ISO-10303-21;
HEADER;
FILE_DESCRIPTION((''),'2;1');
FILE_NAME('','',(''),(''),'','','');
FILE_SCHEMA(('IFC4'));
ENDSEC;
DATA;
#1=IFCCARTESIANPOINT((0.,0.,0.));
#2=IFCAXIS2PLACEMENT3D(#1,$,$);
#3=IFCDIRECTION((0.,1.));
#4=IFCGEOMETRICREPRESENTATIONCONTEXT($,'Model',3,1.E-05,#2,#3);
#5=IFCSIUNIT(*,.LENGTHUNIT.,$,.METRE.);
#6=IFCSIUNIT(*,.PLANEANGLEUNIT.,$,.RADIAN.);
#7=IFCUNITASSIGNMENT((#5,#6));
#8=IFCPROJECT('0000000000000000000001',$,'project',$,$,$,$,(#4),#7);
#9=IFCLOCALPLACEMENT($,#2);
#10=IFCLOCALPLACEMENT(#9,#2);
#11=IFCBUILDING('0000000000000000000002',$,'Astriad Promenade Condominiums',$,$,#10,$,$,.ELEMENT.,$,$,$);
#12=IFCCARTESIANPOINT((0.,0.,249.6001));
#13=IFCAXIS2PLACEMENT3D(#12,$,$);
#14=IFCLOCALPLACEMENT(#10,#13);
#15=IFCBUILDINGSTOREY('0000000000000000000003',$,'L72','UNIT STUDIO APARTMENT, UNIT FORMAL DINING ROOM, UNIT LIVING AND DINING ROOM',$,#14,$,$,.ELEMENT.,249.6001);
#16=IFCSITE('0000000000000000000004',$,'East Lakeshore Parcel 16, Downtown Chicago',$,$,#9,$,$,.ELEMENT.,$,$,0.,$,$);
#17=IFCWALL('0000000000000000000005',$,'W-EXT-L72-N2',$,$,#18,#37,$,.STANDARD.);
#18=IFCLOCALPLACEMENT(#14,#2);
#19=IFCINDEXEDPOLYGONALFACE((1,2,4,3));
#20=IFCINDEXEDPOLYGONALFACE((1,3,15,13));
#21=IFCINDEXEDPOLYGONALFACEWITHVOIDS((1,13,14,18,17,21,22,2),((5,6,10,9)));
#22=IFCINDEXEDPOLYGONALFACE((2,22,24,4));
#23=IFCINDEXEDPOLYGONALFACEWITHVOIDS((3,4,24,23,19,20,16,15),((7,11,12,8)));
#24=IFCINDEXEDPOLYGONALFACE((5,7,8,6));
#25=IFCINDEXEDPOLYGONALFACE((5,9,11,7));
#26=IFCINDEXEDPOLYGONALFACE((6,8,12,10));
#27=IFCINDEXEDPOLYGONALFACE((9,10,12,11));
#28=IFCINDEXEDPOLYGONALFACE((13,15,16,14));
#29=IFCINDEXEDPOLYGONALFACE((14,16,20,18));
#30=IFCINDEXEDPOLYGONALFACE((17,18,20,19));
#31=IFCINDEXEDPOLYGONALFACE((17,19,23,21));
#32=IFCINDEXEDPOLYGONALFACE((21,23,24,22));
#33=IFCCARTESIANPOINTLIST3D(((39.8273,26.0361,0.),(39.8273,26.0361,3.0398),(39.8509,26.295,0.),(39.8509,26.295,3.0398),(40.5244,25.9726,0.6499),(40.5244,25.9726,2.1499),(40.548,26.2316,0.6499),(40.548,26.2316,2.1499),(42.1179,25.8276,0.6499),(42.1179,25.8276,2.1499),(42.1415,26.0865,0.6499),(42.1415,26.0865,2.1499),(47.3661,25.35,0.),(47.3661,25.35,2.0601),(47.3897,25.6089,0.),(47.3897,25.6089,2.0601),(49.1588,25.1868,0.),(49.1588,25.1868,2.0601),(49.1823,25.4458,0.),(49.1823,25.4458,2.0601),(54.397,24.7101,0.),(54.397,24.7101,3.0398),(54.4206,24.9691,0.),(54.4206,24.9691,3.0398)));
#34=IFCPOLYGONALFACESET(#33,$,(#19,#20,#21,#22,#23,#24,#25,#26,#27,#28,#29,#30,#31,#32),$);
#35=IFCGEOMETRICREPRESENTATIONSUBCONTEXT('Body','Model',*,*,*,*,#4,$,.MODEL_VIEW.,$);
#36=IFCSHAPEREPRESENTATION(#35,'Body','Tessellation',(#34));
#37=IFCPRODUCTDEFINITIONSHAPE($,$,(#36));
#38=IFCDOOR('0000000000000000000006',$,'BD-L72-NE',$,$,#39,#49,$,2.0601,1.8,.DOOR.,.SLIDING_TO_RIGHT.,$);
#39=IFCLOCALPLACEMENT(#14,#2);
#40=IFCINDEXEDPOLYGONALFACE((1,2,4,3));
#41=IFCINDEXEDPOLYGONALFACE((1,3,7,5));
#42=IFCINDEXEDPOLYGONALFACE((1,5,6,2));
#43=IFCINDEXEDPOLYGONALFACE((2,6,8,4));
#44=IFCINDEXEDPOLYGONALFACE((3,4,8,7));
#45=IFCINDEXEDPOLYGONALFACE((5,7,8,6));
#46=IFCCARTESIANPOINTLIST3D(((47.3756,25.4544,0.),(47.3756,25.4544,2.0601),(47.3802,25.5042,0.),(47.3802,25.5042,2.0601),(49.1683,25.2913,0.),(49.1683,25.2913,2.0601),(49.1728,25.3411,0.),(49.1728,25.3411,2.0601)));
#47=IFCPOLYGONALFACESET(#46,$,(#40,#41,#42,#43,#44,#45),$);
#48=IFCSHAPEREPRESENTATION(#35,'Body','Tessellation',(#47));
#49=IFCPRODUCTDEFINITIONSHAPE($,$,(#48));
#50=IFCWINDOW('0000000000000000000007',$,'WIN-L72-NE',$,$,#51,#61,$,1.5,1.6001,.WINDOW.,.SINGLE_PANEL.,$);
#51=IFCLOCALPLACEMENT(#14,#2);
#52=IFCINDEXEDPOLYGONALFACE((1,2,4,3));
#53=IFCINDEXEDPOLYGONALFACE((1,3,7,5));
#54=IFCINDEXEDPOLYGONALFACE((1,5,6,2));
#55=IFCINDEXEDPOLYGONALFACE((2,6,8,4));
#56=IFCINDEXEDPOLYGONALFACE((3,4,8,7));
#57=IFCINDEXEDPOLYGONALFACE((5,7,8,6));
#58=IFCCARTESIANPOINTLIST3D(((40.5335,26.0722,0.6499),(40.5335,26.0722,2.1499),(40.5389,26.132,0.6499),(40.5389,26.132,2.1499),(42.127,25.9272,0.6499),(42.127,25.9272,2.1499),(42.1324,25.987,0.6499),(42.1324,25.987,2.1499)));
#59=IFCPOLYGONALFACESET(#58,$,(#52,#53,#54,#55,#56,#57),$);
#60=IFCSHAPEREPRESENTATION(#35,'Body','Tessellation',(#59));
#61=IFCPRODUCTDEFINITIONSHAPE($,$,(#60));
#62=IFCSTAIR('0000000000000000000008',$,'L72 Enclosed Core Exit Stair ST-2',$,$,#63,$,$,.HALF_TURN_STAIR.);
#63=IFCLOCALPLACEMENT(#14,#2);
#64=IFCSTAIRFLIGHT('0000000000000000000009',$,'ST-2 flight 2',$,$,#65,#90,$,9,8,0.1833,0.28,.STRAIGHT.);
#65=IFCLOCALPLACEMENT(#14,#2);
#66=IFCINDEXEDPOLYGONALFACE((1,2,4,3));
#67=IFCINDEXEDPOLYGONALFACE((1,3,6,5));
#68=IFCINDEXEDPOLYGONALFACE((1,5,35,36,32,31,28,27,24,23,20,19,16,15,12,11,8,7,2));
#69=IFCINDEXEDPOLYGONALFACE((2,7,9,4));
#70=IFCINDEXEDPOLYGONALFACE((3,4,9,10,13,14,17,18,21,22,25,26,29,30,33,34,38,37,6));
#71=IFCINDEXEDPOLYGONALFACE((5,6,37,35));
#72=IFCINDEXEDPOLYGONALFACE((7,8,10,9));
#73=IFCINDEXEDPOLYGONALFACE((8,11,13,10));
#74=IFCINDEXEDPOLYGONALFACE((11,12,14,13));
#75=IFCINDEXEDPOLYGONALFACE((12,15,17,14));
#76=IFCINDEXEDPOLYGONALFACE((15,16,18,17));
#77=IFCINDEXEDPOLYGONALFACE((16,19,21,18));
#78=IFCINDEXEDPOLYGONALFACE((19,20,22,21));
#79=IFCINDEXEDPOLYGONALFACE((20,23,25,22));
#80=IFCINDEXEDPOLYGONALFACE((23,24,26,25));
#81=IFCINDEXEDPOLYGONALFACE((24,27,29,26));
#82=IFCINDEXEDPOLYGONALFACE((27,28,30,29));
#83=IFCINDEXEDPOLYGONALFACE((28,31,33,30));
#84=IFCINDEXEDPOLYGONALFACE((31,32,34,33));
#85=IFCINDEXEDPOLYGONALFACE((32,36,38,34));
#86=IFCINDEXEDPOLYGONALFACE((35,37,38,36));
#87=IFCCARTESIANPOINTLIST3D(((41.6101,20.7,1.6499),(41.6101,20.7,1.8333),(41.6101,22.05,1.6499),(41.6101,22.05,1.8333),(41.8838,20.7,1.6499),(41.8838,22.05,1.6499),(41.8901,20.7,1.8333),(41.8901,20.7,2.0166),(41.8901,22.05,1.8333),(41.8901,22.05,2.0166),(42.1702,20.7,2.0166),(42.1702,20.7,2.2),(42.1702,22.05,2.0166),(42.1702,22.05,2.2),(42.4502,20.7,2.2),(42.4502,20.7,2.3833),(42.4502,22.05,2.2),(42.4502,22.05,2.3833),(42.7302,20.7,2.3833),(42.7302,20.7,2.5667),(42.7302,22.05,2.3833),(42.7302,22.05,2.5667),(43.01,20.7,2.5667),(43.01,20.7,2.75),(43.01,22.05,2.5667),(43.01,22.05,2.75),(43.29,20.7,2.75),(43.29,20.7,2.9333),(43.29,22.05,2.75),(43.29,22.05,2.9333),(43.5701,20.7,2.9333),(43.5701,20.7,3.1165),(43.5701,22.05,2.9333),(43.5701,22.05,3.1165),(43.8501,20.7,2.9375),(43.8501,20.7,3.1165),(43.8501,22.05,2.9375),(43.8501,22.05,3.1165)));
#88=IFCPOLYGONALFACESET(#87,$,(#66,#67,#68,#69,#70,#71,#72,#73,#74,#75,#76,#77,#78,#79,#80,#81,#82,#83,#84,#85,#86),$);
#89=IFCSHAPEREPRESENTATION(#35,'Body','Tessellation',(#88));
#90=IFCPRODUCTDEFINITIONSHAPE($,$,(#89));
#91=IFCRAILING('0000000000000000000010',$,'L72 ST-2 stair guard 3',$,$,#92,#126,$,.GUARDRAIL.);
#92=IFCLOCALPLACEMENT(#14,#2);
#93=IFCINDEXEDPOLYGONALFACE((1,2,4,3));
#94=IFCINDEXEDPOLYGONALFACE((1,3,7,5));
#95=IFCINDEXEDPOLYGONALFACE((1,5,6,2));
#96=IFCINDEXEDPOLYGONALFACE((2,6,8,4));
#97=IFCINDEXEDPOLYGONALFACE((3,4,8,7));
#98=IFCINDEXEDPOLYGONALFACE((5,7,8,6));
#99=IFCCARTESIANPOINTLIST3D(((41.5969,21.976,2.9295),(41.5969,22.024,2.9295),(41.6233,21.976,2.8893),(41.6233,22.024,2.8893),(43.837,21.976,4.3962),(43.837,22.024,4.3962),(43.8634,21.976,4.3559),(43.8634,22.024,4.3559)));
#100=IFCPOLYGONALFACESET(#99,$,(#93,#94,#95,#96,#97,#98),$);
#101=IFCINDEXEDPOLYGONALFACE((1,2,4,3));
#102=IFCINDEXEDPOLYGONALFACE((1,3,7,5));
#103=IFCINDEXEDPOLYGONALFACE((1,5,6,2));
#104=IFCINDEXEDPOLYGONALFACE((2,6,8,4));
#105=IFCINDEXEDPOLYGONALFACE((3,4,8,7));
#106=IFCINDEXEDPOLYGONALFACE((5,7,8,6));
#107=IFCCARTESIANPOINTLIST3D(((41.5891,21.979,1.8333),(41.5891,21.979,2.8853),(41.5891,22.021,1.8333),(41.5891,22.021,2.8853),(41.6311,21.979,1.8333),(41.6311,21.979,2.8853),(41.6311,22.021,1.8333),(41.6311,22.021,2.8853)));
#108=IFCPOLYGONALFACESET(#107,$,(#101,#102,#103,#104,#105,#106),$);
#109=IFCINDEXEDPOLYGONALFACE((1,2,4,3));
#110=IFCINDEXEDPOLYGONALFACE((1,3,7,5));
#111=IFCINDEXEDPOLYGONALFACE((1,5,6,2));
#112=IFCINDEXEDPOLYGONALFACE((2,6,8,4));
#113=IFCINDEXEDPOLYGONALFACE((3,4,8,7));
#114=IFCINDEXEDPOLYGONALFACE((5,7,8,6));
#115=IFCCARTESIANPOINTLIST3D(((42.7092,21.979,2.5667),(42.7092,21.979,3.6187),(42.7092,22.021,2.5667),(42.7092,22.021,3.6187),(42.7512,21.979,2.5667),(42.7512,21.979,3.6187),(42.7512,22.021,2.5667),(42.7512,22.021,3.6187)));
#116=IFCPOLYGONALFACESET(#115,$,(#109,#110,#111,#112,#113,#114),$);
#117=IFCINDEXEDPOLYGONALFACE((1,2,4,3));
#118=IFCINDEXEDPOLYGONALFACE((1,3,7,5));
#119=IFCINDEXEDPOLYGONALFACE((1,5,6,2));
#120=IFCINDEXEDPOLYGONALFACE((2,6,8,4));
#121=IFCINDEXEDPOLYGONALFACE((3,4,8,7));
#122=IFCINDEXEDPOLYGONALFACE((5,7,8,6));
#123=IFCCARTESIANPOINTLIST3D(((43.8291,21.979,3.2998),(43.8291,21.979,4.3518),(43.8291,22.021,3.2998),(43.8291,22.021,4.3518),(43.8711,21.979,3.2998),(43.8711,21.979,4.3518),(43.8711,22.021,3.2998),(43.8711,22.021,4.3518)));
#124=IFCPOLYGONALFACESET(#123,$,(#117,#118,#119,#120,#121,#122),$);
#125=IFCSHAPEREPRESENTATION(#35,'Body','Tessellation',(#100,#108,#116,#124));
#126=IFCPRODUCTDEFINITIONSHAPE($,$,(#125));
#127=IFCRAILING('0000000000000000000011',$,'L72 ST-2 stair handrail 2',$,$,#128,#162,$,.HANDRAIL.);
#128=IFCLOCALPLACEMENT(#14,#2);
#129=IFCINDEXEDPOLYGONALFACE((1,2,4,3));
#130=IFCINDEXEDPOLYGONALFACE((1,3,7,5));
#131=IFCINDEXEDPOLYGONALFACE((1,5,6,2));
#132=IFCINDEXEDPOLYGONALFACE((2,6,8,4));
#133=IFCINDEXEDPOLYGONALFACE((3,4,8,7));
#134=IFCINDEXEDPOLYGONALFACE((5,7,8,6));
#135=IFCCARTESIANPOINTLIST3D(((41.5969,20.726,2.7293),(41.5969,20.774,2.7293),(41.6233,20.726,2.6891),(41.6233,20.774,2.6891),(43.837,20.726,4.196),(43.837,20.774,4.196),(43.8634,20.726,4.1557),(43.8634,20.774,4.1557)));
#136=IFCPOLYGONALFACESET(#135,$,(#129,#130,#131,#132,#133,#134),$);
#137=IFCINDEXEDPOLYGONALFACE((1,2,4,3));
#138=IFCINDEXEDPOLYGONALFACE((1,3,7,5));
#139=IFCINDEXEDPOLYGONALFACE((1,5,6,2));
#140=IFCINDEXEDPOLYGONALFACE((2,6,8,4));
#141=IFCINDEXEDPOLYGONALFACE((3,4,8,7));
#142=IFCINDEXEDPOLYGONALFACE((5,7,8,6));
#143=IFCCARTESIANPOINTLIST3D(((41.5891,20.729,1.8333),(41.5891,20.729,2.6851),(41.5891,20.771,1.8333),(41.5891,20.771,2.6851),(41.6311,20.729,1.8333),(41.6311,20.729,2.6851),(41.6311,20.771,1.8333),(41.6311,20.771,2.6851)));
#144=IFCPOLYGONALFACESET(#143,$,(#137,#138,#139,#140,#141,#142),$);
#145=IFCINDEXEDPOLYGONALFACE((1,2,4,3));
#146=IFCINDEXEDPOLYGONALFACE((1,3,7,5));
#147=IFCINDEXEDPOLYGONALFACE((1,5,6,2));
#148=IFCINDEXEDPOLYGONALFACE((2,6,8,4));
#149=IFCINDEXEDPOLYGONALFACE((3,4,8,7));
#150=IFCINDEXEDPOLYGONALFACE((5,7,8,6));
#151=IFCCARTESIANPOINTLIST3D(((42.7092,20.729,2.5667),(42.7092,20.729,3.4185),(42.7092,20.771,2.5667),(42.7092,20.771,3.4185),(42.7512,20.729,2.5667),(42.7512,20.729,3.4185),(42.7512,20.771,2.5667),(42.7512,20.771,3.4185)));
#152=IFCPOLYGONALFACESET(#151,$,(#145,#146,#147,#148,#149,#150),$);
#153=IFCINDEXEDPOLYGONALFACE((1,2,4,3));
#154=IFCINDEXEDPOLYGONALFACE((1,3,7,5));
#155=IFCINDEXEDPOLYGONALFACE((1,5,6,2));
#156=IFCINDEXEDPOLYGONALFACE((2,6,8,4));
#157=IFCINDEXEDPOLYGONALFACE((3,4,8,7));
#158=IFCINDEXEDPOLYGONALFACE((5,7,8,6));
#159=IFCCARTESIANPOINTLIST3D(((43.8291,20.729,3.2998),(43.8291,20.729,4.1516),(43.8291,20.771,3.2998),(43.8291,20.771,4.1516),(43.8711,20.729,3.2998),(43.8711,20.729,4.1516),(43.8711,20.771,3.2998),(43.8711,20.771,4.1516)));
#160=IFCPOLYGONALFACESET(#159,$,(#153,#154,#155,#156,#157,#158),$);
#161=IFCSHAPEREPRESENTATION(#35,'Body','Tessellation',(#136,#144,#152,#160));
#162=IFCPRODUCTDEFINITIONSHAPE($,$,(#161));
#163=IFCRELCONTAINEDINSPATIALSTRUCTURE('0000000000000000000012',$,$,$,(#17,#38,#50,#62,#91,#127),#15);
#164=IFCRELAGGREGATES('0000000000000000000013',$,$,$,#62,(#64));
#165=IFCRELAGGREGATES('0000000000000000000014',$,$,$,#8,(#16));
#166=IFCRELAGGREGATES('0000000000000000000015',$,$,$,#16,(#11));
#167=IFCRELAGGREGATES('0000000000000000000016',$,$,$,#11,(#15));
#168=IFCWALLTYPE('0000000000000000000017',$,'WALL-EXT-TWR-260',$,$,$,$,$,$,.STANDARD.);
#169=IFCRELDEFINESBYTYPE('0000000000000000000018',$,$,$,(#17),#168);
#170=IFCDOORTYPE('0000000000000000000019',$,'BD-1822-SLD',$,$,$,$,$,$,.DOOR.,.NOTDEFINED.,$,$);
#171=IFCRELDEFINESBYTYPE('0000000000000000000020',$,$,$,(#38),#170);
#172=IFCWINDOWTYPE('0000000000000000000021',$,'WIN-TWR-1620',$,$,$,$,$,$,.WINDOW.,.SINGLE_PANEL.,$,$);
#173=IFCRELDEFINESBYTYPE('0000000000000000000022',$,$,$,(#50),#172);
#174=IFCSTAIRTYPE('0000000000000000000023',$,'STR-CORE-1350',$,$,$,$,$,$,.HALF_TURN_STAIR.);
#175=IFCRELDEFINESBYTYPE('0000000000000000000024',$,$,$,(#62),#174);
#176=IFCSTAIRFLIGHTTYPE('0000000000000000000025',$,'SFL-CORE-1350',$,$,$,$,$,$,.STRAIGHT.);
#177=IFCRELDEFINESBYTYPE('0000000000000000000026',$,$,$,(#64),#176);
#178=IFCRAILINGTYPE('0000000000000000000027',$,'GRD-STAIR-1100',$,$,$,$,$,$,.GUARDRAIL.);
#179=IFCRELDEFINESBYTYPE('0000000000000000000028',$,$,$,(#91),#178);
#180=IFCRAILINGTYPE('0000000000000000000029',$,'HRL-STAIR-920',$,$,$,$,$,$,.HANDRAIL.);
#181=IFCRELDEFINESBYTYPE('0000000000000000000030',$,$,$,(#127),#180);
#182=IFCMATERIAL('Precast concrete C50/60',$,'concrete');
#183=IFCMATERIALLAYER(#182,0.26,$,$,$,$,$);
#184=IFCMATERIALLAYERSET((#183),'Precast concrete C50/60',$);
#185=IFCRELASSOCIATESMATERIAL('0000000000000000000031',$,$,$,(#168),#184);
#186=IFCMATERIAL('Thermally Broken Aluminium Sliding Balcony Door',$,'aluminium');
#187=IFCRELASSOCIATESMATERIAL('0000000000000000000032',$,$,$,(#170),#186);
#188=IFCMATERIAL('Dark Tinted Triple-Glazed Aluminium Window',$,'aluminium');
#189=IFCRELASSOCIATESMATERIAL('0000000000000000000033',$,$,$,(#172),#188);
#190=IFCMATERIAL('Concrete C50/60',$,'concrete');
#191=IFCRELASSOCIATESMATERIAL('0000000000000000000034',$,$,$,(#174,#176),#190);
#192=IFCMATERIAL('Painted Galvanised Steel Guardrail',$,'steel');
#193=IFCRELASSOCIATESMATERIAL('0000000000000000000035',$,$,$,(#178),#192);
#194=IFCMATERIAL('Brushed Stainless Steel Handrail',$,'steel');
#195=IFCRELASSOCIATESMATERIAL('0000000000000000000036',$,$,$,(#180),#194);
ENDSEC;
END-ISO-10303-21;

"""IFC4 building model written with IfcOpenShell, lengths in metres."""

from ifc_helpers import new_model, si_unit, direction, frame, frame_2d, origin, origin_2d, place, context, subcontext, project, spatial, polyline, rectangle, outline, extrude, source, transform, mapped, material, layer, layer_set, type_object, type_shapes, element, fill, aggregate, save


model = new_model("IFC4")

# Units and contexts
model_context = context("Model", 3, precision=1e-05, world=origin(), true_north=direction((0.0, 1.0)))
body_context = subcontext(model_context, "Body", "Model", "MODEL_VIEW")
ifc_project = project(units=[si_unit("LENGTHUNIT", "METRE"), si_unit("PLANEANGLEUNIT", "RADIAN")], contexts=[model_context])

# Site, building, storey
site_placement = place(None, origin())
site = spatial("IfcSite", under=ifc_project, at=site_placement, Name="East Lakeshore Parcel 16, Downtown Chicago", CompositionType="ELEMENT", RefElevation=0.0)
building_placement = place(site_placement, origin())
building = spatial("IfcBuilding", under=site, at=building_placement, Name="Astriad Promenade Condominiums", CompositionType="ELEMENT")
storey_placement = place(building_placement, frame((0.0, 0.0, 249.6001)))
storey = spatial("IfcBuildingStorey", under=building, at=storey_placement, Name="L72", Description="UNIT STUDIO APARTMENT, UNIT FORMAL DINING ROOM, UNIT LIVING AND DINING ROOM", CompositionType="ELEMENT", Elevation=249.6001)

# Shared definitions
ifc_material_1 = material(Name="Concrete C50/60", Category="concrete")

# Wall, openings, door, window
ifc_material_2 = material(Name="Precast concrete C50/60", Category="concrete")
ifc_layer_1 = layer(ifc_material_2, 0.26)
ifc_layer_set_1 = layer_set([ifc_layer_1], Name="Precast concrete C50/60")
wall_type_1 = type_object("IfcWallType", Name="WALL-EXT-TWR-260", PredefinedType="STANDARD", material=ifc_layer_set_1)
wall_1_placement = place(storey_placement, frame((39.8391, 26.1655, 0.0), z_axis=(0.0, 0.0, 1.0), x_axis=(0.995884, -0.090632, 0.0)))
wall_1 = element("IfcWall", 1, at=wall_1_placement, inside=storey, type_object=wall_type_1, Name="W-EXT-L72-N2", PredefinedType="STANDARD", context=body_context, shape_type="SweptSolid", body=[
    extrude(rectangle(XDim=14.6299, YDim=0.26, at=frame_2d((7.3149, 0.0))), origin(), (0.0, 0.0, 1.0), 3.0398),
])
opening_1_placement = place(wall_1_placement, frame((7.5701, 0.0, 0.0)))
opening_1 = element("IfcOpeningElement", 2, at=opening_1_placement, cuts=wall_1, PredefinedType="OPENING", context=body_context, shape_type="SweptSolid", body=[
    extrude(rectangle(XDim=1.8, YDim=2.0601, at=frame_2d((0.8999, 1.03))), frame((0.0, 0.1399, 0.0), z_axis=(0.0, -1.0, 0.0), x_axis=(1.0, 0.0, 0.0)), (0.0, 0.0, 1.0), 0.28),
])
opening_2_placement = place(wall_1_placement, frame((0.7, 0.0, 0.6499)))
opening_2 = element("IfcOpeningElement", 3, at=opening_2_placement, cuts=wall_1, PredefinedType="OPENING", context=body_context, shape_type="SweptSolid", body=[
    extrude(rectangle(XDim=1.6001, YDim=1.5, at=frame_2d((0.8, 0.75))), frame((0.0, 0.1399, 0.0), z_axis=(0.0, -1.0, 0.0), x_axis=(1.0, 0.0, 0.0)), (0.0, 0.0, 1.0), 0.28),
])
ifc_material_3 = material(Name="Thermally Broken Aluminium Sliding Balcony Door", Category="aluminium")
door_type_1 = type_object("IfcDoorType", Name="BD-1822-SLD", OperationType="NOTDEFINED", PredefinedType="DOOR", material=ifc_material_3)
shared_shape_1 = source(origin(), body_context, "Body", "SweptSolid", [
    extrude(rectangle(XDim=1.8, YDim=2.0601, at=frame_2d((0.8999, 1.03))), frame((0.0, 0.0249, 0.0), z_axis=(0.0, -1.0, 0.0), x_axis=(1.0, 0.0, 0.0)), (0.0, 0.0, 1.0), 0.05),
])
type_shapes(door_type_1, [shared_shape_1])
door_1_placement = place(opening_1_placement, origin())
door_1 = element("IfcDoor", 4, at=door_1_placement, inside=storey, type_object=door_type_1, Name="BD-L72-NE", OperationType="SLIDING_TO_RIGHT", OverallHeight=2.0601, OverallWidth=1.8, PredefinedType="DOOR", context=body_context, shape_type="MappedRepresentation", body=[
    mapped(shared_shape_1, transform((0.0, 0.0, 0.0), scale=1.0)),
])
fill(opening_1, door_1)
ifc_material_4 = material(Name="Dark Tinted Triple-Glazed Aluminium Window", Category="aluminium")
window_type = type_object("IfcWindowType", Name="WIN-TWR-1620", PartitioningType="SINGLE_PANEL", PredefinedType="WINDOW", material=ifc_material_4)
shared_shape_2 = source(origin(), body_context, "Body", "SweptSolid", [
    extrude(rectangle(XDim=1.6001, YDim=1.5, at=frame_2d((0.8, 0.75))), frame((0.0, 0.03, 0.0), z_axis=(0.0, -1.0, 0.0), x_axis=(1.0, 0.0, 0.0)), (0.0, 0.0, 1.0), 0.0601),
])
type_shapes(window_type, [shared_shape_2])
window_placement = place(opening_2_placement, origin())
window = element("IfcWindow", 5, at=window_placement, inside=storey, type_object=window_type, Name="WIN-L72-NE", OverallHeight=1.5, OverallWidth=1.6001, PartitioningType="SINGLE_PANEL", PredefinedType="WINDOW", context=body_context, shape_type="MappedRepresentation", body=[
    mapped(shared_shape_2, transform((0.0, 0.0, 0.0), scale=1.0)),
])
fill(opening_2, window)

# Stair, stair flight
stair_type = type_object("IfcStairType", Name="STR-CORE-1350", PredefinedType="HALF_TURN_STAIR", material=ifc_material_1)
stair_placement = place(storey_placement, origin())
stair = element("IfcStair", 6, at=stair_placement, inside=storey, type_object=stair_type, Name="L72 Enclosed Core Exit Stair ST-2", PredefinedType="HALF_TURN_STAIR")
stair_flight_type = type_object("IfcStairFlightType", Name="SFL-CORE-1350", PredefinedType="STRAIGHT", material=ifc_material_1)
shared_shape_3 = source(origin(), body_context, "Body", "SweptSolid", [
    extrude(outline(polyline([(0.0, 0.0), (0.0, 0.1833), (0.28, 0.1833), (0.28, 0.3667), (0.5601, 0.3667), (0.5601, 0.55), (0.8401, 0.55), (0.8401, 0.7334), (1.1201, 0.7334), (1.1201, 0.9167), (1.3999, 0.9167), (1.3999, 1.1001), (1.6799, 1.1001), (1.6799, 1.2834), (1.96, 1.2834), (1.96, 1.4666), (2.24, 1.4666), (2.24, 1.6499), (2.24, 1.2876), (0.2737, 0.0), (0.0, 0.0)])), frame((0.0, 0.675, 0.0), z_axis=(0.0, -1.0, 0.0), x_axis=(1.0, 0.0, 0.0)), (0.0, 0.0, 1.0), 1.3501),
])
type_shapes(stair_flight_type, [shared_shape_3])
stair_flight_placement = place(storey_placement, frame((41.6101, 21.375, 1.6499), z_axis=(0.0, 0.0, 1.0), x_axis=(1.0, 0.0, 0.0)))
stair_flight = element("IfcStairFlight", 7, at=stair_flight_placement, type_object=stair_flight_type, Name="ST-2 flight 2", NumberOfRisers=9, NumberOfTreads=8, PredefinedType="STRAIGHT", RiserHeight=0.1833, TreadLength=0.28, context=body_context, shape_type="MappedRepresentation", body=[
    mapped(shared_shape_3, transform((0.0, 0.0, 0.0), scale=1.0)),
])
aggregate(stair, [stair_flight])

# Railings
ifc_material_5 = material(Name="Painted Galvanised Steel Guardrail", Category="steel")
railing_type_1 = type_object("IfcRailingType", Name="GRD-STAIR-1100", PredefinedType="GUARDRAIL", material=ifc_material_5)
shared_shape_4 = source(origin(), body_context, "Body", "SweptSolid", [
    extrude(rectangle(XDim=0.0481, YDim=0.0481, at=origin_2d()), frame((0.0, 0.0, 1.0762), z_axis=(0.836637, 0.0, 0.547758), x_axis=(0.0, 1.0, 0.0)), (0.0, 0.0, 1.0), 2.6775),
    extrude(rectangle(XDim=0.042, YDim=0.042, at=origin_2d()), origin(), (0.0, 0.0, 1.0), 1.052),
    extrude(rectangle(XDim=0.042, YDim=0.042, at=origin_2d()), frame((1.1201, 0.0, 0.7334)), (0.0, 0.0, 1.0), 1.052),
    extrude(rectangle(XDim=0.042, YDim=0.042, at=origin_2d()), frame((2.24, 0.0, 1.4666)), (0.0, 0.0, 1.0), 1.052),
])
railing_1_placement = place(storey_placement, frame((41.6101, 22.0, 1.8333)))
element("IfcRailing", 8, at=railing_1_placement, inside=storey, type_object=railing_type_1, Name="L72 ST-2 stair guard 3", PredefinedType="GUARDRAIL", context=body_context, shape_type="MappedRepresentation", body=[
    mapped(shared_shape_4, transform((0.0, 0.0, 0.0), scale=1.0)),
])
ifc_material_6 = material(Name="Brushed Stainless Steel Handrail", Category="steel")
railing_type_2 = type_object("IfcRailingType", Name="HRL-STAIR-920", PredefinedType="HANDRAIL", material=ifc_material_6)
shared_shape_5 = source(origin(), body_context, "Body", "SweptSolid", [
    extrude(rectangle(XDim=0.0481, YDim=0.0481, at=origin_2d()), frame((0.0, 0.0, 0.876), z_axis=(0.836637, 0.0, 0.547758), x_axis=(0.0, 1.0, 0.0)), (0.0, 0.0, 1.0), 2.6775),
    extrude(rectangle(XDim=0.042, YDim=0.042, at=origin_2d()), origin(), (0.0, 0.0, 1.0), 0.8518),
    extrude(rectangle(XDim=0.042, YDim=0.042, at=origin_2d()), frame((1.1201, 0.0, 0.7334)), (0.0, 0.0, 1.0), 0.8518),
    extrude(rectangle(XDim=0.042, YDim=0.042, at=origin_2d()), frame((2.24, 0.0, 1.4666)), (0.0, 0.0, 1.0), 0.8518),
])
type_shapes(railing_type_2, [shared_shape_5])
railing_2_placement = place(storey_placement, frame((41.6101, 20.75, 1.8333)))
element("IfcRailing", 9, at=railing_2_placement, inside=storey, type_object=railing_type_2, Name="L72 ST-2 stair handrail 2", PredefinedType="HANDRAIL", context=body_context, shape_type="MappedRepresentation", body=[
    mapped(shared_shape_5, transform((0.0, 0.0, 0.0), scale=1.0)),
])

save(model, "model.ifc")
